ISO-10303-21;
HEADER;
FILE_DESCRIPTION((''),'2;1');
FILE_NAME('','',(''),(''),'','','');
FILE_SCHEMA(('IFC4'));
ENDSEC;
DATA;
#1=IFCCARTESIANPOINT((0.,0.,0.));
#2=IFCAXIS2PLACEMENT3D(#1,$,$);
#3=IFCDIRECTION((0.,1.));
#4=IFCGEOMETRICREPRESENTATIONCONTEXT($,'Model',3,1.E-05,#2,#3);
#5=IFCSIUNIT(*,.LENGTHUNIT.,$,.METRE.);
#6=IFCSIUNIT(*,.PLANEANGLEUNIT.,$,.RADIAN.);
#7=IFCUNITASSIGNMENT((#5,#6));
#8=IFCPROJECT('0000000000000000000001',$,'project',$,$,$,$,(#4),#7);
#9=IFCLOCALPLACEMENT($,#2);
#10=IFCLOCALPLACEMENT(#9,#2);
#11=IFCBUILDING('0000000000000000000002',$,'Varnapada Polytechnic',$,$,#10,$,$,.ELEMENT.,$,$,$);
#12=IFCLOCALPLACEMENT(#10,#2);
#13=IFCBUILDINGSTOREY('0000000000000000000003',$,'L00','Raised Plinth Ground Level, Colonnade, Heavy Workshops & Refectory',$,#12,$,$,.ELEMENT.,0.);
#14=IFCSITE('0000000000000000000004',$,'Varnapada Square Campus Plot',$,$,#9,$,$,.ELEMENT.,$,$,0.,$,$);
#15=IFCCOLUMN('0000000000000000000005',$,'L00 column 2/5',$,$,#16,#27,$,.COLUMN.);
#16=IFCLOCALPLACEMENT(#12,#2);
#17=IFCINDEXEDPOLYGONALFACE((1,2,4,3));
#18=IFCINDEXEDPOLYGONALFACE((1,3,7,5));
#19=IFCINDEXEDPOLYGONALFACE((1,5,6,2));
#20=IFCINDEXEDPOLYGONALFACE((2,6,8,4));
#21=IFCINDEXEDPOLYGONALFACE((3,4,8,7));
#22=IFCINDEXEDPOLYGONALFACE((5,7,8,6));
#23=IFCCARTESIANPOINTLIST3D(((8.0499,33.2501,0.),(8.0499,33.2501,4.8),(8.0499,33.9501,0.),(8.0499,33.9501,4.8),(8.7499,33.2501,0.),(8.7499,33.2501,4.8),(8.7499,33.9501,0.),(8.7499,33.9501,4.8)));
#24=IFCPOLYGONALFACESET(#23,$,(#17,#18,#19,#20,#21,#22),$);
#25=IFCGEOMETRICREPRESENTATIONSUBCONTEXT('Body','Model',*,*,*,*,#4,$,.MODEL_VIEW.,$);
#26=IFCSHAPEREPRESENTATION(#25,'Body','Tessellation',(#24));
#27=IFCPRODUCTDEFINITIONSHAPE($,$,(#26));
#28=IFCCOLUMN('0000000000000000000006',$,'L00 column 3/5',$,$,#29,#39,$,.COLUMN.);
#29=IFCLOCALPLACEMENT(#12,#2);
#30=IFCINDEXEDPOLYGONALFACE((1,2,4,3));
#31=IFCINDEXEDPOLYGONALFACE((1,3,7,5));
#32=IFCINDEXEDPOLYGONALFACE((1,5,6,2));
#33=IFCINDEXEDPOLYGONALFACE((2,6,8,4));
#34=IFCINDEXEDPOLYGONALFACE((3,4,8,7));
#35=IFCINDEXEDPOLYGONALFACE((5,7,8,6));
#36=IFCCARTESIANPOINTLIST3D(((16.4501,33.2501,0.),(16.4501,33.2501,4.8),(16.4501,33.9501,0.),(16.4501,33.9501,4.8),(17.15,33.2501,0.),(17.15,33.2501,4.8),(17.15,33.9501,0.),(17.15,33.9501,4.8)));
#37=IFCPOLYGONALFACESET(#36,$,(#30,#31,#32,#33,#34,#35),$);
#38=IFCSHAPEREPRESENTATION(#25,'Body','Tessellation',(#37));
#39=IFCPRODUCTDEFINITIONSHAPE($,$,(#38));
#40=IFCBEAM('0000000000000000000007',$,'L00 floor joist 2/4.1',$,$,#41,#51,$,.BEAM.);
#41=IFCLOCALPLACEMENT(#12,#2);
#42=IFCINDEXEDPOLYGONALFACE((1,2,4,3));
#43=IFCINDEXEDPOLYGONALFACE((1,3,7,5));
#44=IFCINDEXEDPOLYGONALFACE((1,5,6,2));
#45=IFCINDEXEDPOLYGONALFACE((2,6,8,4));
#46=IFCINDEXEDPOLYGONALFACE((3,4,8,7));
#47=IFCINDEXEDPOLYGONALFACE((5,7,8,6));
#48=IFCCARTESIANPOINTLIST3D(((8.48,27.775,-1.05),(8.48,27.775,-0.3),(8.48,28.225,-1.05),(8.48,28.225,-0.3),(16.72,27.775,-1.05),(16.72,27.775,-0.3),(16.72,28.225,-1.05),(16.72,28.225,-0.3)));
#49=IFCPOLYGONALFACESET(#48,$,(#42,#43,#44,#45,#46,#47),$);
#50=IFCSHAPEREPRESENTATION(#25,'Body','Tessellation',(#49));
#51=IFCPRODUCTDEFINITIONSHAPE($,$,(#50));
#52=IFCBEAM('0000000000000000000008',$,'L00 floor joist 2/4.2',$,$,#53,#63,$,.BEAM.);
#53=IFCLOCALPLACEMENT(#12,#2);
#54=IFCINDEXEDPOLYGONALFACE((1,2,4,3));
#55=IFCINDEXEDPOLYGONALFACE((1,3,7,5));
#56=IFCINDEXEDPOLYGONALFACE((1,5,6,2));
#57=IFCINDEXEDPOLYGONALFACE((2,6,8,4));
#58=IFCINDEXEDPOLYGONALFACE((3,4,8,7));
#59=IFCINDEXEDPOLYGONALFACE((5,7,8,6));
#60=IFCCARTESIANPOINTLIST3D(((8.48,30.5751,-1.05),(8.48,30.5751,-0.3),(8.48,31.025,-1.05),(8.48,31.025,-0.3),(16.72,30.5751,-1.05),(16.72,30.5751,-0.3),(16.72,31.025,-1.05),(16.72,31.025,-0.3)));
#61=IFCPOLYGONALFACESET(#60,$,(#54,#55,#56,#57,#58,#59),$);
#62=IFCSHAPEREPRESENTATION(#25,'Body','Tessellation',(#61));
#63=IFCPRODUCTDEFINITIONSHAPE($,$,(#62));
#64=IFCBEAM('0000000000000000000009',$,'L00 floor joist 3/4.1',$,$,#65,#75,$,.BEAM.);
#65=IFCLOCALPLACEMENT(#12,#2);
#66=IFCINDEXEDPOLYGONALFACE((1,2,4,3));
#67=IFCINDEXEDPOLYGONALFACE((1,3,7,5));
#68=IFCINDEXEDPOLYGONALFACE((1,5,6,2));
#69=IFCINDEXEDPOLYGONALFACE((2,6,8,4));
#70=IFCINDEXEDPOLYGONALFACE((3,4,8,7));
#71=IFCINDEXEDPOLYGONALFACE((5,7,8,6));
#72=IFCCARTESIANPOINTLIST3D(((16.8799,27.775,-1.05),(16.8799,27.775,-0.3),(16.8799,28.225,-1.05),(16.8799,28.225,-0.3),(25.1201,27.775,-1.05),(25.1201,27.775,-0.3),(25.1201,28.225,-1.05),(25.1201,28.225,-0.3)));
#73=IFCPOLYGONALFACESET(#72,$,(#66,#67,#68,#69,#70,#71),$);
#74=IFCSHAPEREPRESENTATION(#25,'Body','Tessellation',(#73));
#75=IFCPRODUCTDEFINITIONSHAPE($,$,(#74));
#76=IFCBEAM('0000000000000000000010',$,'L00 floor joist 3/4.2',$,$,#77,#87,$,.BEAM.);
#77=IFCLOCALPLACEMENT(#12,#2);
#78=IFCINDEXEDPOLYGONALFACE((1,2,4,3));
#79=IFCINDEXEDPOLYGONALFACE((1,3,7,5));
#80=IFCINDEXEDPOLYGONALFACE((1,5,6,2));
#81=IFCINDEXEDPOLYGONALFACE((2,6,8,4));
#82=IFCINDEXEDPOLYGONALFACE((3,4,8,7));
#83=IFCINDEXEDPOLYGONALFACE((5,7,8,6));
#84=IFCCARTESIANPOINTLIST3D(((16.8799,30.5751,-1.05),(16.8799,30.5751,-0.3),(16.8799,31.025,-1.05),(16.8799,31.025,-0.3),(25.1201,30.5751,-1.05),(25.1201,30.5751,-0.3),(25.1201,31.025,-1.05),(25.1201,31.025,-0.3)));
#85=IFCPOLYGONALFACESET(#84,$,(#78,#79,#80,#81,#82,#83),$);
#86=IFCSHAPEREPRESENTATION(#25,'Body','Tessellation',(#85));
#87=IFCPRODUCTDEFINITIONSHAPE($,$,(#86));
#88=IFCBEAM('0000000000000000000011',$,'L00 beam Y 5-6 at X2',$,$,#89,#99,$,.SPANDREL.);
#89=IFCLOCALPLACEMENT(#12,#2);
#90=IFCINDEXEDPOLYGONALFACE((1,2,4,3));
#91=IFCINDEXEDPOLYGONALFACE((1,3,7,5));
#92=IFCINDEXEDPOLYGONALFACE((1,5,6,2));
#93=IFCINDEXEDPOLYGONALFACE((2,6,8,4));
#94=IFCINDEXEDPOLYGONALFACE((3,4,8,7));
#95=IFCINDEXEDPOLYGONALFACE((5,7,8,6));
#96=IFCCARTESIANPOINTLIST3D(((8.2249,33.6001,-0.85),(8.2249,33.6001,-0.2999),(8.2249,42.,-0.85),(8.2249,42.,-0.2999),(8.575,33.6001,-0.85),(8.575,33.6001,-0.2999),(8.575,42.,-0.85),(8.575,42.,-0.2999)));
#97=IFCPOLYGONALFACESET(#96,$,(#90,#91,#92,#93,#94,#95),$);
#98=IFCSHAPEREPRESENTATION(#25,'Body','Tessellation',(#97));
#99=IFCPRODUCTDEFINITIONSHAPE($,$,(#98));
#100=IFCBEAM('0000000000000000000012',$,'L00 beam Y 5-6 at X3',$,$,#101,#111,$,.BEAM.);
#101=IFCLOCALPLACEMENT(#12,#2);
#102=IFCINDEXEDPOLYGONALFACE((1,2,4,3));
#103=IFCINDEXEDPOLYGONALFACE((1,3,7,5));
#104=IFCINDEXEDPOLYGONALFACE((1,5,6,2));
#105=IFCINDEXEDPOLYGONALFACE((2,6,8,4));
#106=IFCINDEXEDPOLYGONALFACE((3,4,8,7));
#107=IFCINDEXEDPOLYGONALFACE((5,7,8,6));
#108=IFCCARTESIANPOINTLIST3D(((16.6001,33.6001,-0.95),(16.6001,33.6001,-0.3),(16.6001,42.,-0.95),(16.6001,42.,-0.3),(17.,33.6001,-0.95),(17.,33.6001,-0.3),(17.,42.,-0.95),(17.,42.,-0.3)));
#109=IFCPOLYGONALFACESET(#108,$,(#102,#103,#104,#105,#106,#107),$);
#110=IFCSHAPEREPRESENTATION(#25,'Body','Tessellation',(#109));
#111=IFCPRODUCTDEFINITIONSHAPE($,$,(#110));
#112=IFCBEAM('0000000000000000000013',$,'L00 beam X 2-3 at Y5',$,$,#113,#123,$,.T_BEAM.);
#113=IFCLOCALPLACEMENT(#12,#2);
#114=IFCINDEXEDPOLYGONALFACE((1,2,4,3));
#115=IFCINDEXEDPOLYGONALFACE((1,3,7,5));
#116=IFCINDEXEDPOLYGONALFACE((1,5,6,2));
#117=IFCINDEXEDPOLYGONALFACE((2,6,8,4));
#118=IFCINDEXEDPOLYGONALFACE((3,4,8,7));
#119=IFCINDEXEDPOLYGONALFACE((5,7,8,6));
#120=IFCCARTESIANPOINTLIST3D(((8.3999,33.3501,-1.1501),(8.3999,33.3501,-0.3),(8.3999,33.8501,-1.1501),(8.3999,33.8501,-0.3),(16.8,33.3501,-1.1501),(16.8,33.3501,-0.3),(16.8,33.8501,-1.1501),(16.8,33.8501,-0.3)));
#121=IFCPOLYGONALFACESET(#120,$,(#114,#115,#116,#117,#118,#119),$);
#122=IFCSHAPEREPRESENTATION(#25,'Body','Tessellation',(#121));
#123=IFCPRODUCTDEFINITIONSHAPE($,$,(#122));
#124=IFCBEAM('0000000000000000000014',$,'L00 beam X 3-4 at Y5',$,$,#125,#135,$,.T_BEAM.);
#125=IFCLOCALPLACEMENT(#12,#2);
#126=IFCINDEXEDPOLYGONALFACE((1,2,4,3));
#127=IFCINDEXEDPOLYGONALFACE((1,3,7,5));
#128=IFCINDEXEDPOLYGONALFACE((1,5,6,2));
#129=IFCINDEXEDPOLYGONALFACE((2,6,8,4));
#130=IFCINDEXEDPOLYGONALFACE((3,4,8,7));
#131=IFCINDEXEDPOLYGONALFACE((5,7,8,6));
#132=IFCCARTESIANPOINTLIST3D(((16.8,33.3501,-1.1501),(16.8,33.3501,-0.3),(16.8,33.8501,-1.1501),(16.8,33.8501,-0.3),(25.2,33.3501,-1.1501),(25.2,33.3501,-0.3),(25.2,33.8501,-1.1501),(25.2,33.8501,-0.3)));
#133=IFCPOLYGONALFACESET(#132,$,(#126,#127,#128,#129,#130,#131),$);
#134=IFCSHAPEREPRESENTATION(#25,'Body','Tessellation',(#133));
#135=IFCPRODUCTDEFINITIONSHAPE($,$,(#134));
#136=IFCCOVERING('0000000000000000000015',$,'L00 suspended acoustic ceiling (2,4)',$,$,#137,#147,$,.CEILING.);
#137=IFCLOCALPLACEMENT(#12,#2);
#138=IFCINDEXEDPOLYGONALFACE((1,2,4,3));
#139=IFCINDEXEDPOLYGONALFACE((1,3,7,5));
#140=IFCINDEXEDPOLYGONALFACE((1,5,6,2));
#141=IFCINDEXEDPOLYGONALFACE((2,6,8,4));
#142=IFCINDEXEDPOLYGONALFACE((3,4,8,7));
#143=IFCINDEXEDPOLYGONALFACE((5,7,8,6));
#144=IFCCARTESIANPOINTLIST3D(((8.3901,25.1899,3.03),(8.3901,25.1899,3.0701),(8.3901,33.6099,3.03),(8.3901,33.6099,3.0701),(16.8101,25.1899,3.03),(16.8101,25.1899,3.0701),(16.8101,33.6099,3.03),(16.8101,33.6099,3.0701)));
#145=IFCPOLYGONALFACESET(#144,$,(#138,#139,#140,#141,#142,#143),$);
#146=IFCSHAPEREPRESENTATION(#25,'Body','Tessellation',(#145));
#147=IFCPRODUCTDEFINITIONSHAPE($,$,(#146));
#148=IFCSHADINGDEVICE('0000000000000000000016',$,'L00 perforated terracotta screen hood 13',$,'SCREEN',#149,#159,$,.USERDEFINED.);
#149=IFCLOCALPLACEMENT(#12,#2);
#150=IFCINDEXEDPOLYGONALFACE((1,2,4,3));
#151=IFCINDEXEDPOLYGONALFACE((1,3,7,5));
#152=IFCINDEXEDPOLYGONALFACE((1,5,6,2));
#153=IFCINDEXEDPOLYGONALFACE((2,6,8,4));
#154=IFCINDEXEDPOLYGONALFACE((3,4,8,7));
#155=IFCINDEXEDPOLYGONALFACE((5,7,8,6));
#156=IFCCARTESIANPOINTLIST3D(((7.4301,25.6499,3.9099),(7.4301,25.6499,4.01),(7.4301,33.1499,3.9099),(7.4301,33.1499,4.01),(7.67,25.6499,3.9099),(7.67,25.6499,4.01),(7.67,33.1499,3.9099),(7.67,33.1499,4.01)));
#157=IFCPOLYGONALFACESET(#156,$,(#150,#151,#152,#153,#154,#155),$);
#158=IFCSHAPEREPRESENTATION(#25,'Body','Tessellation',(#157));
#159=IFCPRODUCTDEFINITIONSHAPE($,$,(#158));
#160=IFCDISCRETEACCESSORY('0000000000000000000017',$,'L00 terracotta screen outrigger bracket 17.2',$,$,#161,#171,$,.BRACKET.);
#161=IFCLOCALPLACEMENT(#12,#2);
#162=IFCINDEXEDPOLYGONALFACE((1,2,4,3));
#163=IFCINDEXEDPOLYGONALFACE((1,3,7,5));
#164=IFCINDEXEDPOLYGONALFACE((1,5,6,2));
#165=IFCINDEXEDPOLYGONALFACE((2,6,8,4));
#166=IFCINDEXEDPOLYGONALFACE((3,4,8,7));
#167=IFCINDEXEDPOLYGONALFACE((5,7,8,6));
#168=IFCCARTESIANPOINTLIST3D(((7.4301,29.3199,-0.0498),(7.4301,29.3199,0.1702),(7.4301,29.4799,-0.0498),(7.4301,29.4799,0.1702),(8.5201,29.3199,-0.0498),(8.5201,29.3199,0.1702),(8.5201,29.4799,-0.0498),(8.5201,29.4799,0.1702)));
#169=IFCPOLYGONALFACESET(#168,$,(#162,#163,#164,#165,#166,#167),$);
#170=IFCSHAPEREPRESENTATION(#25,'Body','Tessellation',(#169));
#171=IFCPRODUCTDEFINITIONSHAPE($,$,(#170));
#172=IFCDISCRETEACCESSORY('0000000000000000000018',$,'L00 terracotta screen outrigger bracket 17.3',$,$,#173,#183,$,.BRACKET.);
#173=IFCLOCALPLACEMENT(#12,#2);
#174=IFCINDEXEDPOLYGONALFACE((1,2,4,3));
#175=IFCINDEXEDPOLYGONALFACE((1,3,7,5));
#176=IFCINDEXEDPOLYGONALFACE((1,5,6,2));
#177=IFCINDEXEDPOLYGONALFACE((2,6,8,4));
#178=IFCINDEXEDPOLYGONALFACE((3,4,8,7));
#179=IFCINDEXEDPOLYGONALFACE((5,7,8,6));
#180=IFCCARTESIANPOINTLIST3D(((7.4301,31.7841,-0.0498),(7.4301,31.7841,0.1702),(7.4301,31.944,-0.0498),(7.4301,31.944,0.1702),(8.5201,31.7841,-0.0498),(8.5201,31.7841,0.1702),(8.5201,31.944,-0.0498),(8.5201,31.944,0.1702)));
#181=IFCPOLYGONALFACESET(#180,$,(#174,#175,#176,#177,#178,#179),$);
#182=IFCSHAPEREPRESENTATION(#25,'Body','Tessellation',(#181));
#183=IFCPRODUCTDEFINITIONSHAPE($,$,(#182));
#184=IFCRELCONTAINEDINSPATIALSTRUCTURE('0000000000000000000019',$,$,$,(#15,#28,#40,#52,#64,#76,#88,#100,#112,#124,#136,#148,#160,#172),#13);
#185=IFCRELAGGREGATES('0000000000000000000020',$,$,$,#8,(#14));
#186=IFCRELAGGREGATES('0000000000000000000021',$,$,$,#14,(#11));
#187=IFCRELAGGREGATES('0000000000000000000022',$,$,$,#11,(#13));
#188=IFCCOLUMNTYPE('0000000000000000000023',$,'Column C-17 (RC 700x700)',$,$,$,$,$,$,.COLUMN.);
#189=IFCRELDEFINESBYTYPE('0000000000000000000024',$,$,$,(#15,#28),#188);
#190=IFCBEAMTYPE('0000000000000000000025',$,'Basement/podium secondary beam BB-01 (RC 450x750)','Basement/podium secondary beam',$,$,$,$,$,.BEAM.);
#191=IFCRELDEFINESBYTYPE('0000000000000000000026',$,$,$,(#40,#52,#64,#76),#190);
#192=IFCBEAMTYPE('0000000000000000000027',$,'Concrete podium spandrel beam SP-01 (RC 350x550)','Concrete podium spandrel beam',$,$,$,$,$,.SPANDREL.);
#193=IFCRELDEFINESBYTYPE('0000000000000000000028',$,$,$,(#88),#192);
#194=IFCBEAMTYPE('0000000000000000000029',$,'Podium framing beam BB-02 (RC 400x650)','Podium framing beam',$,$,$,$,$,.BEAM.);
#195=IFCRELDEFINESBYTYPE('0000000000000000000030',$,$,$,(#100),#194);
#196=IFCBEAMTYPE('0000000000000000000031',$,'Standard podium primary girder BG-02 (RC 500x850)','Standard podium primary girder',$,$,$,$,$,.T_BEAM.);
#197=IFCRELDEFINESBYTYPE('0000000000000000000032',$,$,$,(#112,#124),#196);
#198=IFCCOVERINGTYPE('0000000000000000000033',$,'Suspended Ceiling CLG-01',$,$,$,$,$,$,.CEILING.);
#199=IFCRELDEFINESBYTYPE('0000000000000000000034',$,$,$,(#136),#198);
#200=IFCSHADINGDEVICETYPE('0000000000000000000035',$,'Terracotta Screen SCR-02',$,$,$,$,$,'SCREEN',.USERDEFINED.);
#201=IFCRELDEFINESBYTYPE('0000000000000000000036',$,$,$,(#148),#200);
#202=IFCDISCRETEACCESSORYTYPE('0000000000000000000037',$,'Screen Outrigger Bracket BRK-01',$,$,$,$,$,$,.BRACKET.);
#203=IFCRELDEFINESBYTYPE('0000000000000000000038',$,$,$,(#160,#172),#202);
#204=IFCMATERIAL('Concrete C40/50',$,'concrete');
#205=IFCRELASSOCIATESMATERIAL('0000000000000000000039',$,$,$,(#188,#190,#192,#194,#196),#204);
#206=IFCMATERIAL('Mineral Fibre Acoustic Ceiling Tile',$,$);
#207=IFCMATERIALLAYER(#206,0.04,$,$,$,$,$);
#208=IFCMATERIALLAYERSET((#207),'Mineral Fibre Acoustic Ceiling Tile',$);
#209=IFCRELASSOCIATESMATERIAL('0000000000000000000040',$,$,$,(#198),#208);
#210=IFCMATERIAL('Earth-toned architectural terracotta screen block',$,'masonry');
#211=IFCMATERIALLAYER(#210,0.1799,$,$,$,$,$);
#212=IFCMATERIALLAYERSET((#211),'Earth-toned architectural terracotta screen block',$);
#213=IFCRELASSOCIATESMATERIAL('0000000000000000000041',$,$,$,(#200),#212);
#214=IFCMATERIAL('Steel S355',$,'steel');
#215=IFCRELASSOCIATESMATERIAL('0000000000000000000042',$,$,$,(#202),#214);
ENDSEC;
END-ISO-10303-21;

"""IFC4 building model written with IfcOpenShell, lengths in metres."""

from ifc_helpers import new_model, si_unit, direction, frame, origin, origin_2d, place, context, subcontext, project, spatial, rectangle, extrude, material, layer, layer_set, material_profile, profile_set, type_object, element, save


model = new_model("IFC4")

# Units and contexts
model_context = context("Model", 3, precision=1e-05, world=origin(), true_north=direction((0.0, 1.0)))
body_context = subcontext(model_context, "Body", "Model", "MODEL_VIEW")
ifc_project = project(units=[si_unit("LENGTHUNIT", "METRE"), si_unit("PLANEANGLEUNIT", "RADIAN")], contexts=[model_context])

# Site, building, storey
site_placement = place(None, origin())
site = spatial("IfcSite", under=ifc_project, at=site_placement, Name="Varnapada Square Campus Plot", CompositionType="ELEMENT", RefElevation=0.0)
building_placement = place(site_placement, origin())
building = spatial("IfcBuilding", under=site, at=building_placement, Name="Varnapada Polytechnic", CompositionType="ELEMENT")
storey_placement = place(building_placement, origin())
storey = spatial("IfcBuildingStorey", under=building, at=storey_placement, Name="L00", Description="Raised Plinth Ground Level, Colonnade, Heavy Workshops & Refectory", CompositionType="ELEMENT", Elevation=0.0)

# Columns
ifc_material_1 = material(Name="Concrete C40/50", Category="concrete")
ifc_material_profile_1 = material_profile(ifc_material_1, rectangle(XDim=0.7, YDim=0.7, at=origin_2d()), Name="RC 700x700")
ifc_profile_set_1 = profile_set([ifc_material_profile_1], Name="Concrete C40/50")
column_type = type_object("IfcColumnType", Name="Column C-17 (RC 700x700)", PredefinedType="COLUMN", material=ifc_profile_set_1)
for number, where, z_axis, x_axis, name in (
    (1, (8.3999, 33.6001, 0.0), (0.0, 0.0, 1.0), (1.0, 0.0, 0.0), "L00 column 2/5"),
    (2, (16.8, 33.6001, 0.0), (0.0, 0.0, 1.0), (1.0, 0.0, 0.0), "L00 column 3/5"),
):
    element("IfcColumn", number, at=place(storey_placement, frame(where, z_axis=z_axis, x_axis=x_axis)), inside=storey, type_object=column_type, Name=name, PredefinedType="COLUMN", context=body_context, shape_type="SweptSolid", body=[
        extrude(rectangle(XDim=0.7, YDim=0.7, at=origin_2d()), origin(), (0.0, 0.0, 1.0), 4.8),
    ])

# Beams
ifc_material_profile_2 = material_profile(ifc_material_1, rectangle(XDim=0.45, YDim=0.75, at=origin_2d()), Name="RC 450x750")
ifc_profile_set_2 = profile_set([ifc_material_profile_2], Name="Concrete C40/50")
beam_type_1 = type_object("IfcBeamType", Name="Basement/podium secondary beam BB-01 (RC 450x750)", Description="Basement/podium secondary beam", PredefinedType="BEAM", material=ifc_profile_set_2)
for number, where, z_axis, x_axis, name in (
    (3, (8.48, 28.0, -0.675), (1.0, 0.0, 0.0), (0.0, 1.0, 0.0), "L00 floor joist 2/4.1"),
    (4, (8.48, 30.8, -0.675), (1.0, 0.0, 0.0), (0.0, 1.0, 0.0), "L00 floor joist 2/4.2"),
):
    element("IfcBeam", number, at=place(storey_placement, frame(where, z_axis=z_axis, x_axis=x_axis)), inside=storey, type_object=beam_type_1, Name=name, PredefinedType="BEAM", context=body_context, shape_type="SweptSolid", body=[
        extrude(rectangle(XDim=0.45, YDim=0.75, at=origin_2d()), origin(), (0.0, 0.0, 1.0), 8.24),
    ])
for number, where, z_axis, x_axis, name in (
    (5, (16.8799, 28.0, -0.675), (1.0, 0.0, 0.0), (0.0, 1.0, 0.0), "L00 floor joist 3/4.1"),
    (6, (16.8799, 30.8, -0.675), (1.0, 0.0, 0.0), (0.0, 1.0, 0.0), "L00 floor joist 3/4.2"),
):
    element("IfcBeam", number, at=place(storey_placement, frame(where, z_axis=z_axis, x_axis=x_axis)), inside=storey, type_object=beam_type_1, Name=name, PredefinedType="BEAM", context=body_context, shape_type="SweptSolid", body=[
        extrude(rectangle(XDim=0.45, YDim=0.75, at=origin_2d()), origin(), (0.0, 0.0, 1.0), 8.2402),
    ])
ifc_material_profile_3 = material_profile(ifc_material_1, rectangle(XDim=0.3501, YDim=0.55, at=origin_2d()), Name="RC 350x550")
ifc_profile_set_3 = profile_set([ifc_material_profile_3], Name="Concrete C40/50")
beam_type_2 = type_object("IfcBeamType", Name="Concrete podium spandrel beam SP-01 (RC 350x550)", Description="Concrete podium spandrel beam", PredefinedType="SPANDREL", material=ifc_profile_set_3)
beam_1_placement = place(storey_placement, frame((8.3999, 33.6001, -0.575), z_axis=(0.0, 1.0, 0.0), x_axis=(-1.0, 0.0, 0.0)))
element("IfcBeam", 7, at=beam_1_placement, inside=storey, type_object=beam_type_2, Name="L00 beam Y 5-6 at X2", PredefinedType="SPANDREL", context=body_context, shape_type="SweptSolid", body=[
    extrude(rectangle(XDim=0.3501, YDim=0.55, at=origin_2d()), origin(), (0.0, 0.0, 1.0), 8.3999),
])
ifc_material_profile_4 = material_profile(ifc_material_1, rectangle(XDim=0.3999, YDim=0.6499, at=origin_2d()), Name="RC 400x650")
ifc_profile_set_4 = profile_set([ifc_material_profile_4], Name="Concrete C40/50")
beam_type_3 = type_object("IfcBeamType", Name="Podium framing beam BB-02 (RC 400x650)", Description="Podium framing beam", PredefinedType="BEAM", material=ifc_profile_set_4)
beam_2_placement = place(storey_placement, frame((16.8, 33.6001, -0.625), z_axis=(0.0, 1.0, 0.0), x_axis=(-1.0, 0.0, 0.0)))
element("IfcBeam", 8, at=beam_2_placement, inside=storey, type_object=beam_type_3, Name="L00 beam Y 5-6 at X3", PredefinedType="BEAM", context=body_context, shape_type="SweptSolid", body=[
    extrude(rectangle(XDim=0.3999, YDim=0.6499, at=origin_2d()), origin(), (0.0, 0.0, 1.0), 8.3999),
])
ifc_material_profile_5 = material_profile(ifc_material_1, rectangle(XDim=0.5, YDim=0.8501, at=origin_2d()), Name="RC 500x850")
ifc_profile_set_5 = profile_set([ifc_material_profile_5], Name="Concrete C40/50")
beam_type_4 = type_object("IfcBeamType", Name="Standard podium primary girder BG-02 (RC 500x850)", Description="Standard podium primary girder", PredefinedType="T_BEAM", material=ifc_profile_set_5)
beam_3_placement = place(storey_placement, frame((8.3999, 33.6001, -0.7251), z_axis=(1.0, 0.0, 0.0), x_axis=(0.0, 1.0, 0.0)))
element("IfcBeam", 9, at=beam_3_placement, inside=storey, type_object=beam_type_4, Name="L00 beam X 2-3 at Y5", PredefinedType="T_BEAM", context=body_context, shape_type="SweptSolid", body=[
    extrude(rectangle(XDim=0.5, YDim=0.8501, at=origin_2d()), origin(), (0.0, 0.0, 1.0), 8.4001),
])
beam_4_placement = place(storey_placement, frame((16.8, 33.6001, -0.7251), z_axis=(1.0, 0.0, 0.0), x_axis=(0.0, 1.0, 0.0)))
element("IfcBeam", 10, at=beam_4_placement, inside=storey, type_object=beam_type_4, Name="L00 beam X 3-4 at Y5", PredefinedType="T_BEAM", context=body_context, shape_type="SweptSolid", body=[
    extrude(rectangle(XDim=0.5, YDim=0.8501, at=origin_2d()), origin(), (0.0, 0.0, 1.0), 8.3999),
])

# Covering
ifc_material_2 = material(Name="Mineral Fibre Acoustic Ceiling Tile")
ifc_layer_1 = layer(ifc_material_2, 0.04)
ifc_layer_set_1 = layer_set([ifc_layer_1], Name="Mineral Fibre Acoustic Ceiling Tile")
covering_type = type_object("IfcCoveringType", Name="Suspended Ceiling CLG-01", PredefinedType="CEILING", material=ifc_layer_set_1)
covering_placement = place(storey_placement, frame((12.6001, 29.3999, 3.03), z_axis=(0.0, 0.0, 1.0), x_axis=(1.0, 0.0, 0.0)))
element("IfcCovering", 11, at=covering_placement, inside=storey, type_object=covering_type, Name="L00 suspended acoustic ceiling (2,4)", PredefinedType="CEILING", context=body_context, shape_type="SweptSolid", body=[
    extrude(rectangle(XDim=8.4199, YDim=8.4199, at=origin_2d()), origin(), (0.0, 0.0, 1.0), 0.04),
])

# Shading device
ifc_material_3 = material(Name="Earth-toned architectural terracotta screen block", Category="masonry")
ifc_layer_2 = layer(ifc_material_3, 0.1799)
ifc_layer_set_2 = layer_set([ifc_layer_2], Name="Earth-toned architectural terracotta screen block")
shading_device_type = type_object("IfcShadingDeviceType", Name="Terracotta Screen SCR-02", ElementType="SCREEN", PredefinedType="USERDEFINED", material=ifc_layer_set_2)
shading_device_placement = place(storey_placement, frame((7.55, 29.3999, 3.9099), z_axis=(0.0, 0.0, 1.0), x_axis=(0.0, 1.0, 0.0)))
element("IfcShadingDevice", 12, at=shading_device_placement, inside=storey, type_object=shading_device_type, Name="L00 perforated terracotta screen hood 13", ObjectType="SCREEN", PredefinedType="USERDEFINED", context=body_context, shape_type="SweptSolid", body=[
    extrude(rectangle(XDim=7.5, YDim=0.24, at=origin_2d()), origin(), (0.0, 0.0, 1.0), 0.1001),
])

# Discrete accessories
ifc_material_4 = material(Name="Steel S355", Category="steel")
discrete_accessory_type = type_object("IfcDiscreteAccessoryType", Name="Screen Outrigger Bracket BRK-01", PredefinedType="BRACKET", material=ifc_material_4)
for number, where, z_axis, x_axis, name in (
    (13, (7.9751, 29.3999, -0.0498), (0.0, 0.0, 1.0), (0.0, 1.0, 0.0), "L00 terracotta screen outrigger bracket 17.2"),
    (14, (7.9751, 31.864, -0.0498), (0.0, 0.0, 1.0), (0.0, 1.0, 0.0), "L00 terracotta screen outrigger bracket 17.3"),
):
    element("IfcDiscreteAccessory", number, at=place(storey_placement, frame(where, z_axis=z_axis, x_axis=x_axis)), inside=storey, type_object=discrete_accessory_type, Name=name, PredefinedType="BRACKET", context=body_context, shape_type="SweptSolid", body=[
        extrude(rectangle(XDim=0.1599, YDim=1.0901, at=origin_2d()), origin(), (0.0, 0.0, 1.0), 0.22),
    ])

save(model, "model.ifc")
